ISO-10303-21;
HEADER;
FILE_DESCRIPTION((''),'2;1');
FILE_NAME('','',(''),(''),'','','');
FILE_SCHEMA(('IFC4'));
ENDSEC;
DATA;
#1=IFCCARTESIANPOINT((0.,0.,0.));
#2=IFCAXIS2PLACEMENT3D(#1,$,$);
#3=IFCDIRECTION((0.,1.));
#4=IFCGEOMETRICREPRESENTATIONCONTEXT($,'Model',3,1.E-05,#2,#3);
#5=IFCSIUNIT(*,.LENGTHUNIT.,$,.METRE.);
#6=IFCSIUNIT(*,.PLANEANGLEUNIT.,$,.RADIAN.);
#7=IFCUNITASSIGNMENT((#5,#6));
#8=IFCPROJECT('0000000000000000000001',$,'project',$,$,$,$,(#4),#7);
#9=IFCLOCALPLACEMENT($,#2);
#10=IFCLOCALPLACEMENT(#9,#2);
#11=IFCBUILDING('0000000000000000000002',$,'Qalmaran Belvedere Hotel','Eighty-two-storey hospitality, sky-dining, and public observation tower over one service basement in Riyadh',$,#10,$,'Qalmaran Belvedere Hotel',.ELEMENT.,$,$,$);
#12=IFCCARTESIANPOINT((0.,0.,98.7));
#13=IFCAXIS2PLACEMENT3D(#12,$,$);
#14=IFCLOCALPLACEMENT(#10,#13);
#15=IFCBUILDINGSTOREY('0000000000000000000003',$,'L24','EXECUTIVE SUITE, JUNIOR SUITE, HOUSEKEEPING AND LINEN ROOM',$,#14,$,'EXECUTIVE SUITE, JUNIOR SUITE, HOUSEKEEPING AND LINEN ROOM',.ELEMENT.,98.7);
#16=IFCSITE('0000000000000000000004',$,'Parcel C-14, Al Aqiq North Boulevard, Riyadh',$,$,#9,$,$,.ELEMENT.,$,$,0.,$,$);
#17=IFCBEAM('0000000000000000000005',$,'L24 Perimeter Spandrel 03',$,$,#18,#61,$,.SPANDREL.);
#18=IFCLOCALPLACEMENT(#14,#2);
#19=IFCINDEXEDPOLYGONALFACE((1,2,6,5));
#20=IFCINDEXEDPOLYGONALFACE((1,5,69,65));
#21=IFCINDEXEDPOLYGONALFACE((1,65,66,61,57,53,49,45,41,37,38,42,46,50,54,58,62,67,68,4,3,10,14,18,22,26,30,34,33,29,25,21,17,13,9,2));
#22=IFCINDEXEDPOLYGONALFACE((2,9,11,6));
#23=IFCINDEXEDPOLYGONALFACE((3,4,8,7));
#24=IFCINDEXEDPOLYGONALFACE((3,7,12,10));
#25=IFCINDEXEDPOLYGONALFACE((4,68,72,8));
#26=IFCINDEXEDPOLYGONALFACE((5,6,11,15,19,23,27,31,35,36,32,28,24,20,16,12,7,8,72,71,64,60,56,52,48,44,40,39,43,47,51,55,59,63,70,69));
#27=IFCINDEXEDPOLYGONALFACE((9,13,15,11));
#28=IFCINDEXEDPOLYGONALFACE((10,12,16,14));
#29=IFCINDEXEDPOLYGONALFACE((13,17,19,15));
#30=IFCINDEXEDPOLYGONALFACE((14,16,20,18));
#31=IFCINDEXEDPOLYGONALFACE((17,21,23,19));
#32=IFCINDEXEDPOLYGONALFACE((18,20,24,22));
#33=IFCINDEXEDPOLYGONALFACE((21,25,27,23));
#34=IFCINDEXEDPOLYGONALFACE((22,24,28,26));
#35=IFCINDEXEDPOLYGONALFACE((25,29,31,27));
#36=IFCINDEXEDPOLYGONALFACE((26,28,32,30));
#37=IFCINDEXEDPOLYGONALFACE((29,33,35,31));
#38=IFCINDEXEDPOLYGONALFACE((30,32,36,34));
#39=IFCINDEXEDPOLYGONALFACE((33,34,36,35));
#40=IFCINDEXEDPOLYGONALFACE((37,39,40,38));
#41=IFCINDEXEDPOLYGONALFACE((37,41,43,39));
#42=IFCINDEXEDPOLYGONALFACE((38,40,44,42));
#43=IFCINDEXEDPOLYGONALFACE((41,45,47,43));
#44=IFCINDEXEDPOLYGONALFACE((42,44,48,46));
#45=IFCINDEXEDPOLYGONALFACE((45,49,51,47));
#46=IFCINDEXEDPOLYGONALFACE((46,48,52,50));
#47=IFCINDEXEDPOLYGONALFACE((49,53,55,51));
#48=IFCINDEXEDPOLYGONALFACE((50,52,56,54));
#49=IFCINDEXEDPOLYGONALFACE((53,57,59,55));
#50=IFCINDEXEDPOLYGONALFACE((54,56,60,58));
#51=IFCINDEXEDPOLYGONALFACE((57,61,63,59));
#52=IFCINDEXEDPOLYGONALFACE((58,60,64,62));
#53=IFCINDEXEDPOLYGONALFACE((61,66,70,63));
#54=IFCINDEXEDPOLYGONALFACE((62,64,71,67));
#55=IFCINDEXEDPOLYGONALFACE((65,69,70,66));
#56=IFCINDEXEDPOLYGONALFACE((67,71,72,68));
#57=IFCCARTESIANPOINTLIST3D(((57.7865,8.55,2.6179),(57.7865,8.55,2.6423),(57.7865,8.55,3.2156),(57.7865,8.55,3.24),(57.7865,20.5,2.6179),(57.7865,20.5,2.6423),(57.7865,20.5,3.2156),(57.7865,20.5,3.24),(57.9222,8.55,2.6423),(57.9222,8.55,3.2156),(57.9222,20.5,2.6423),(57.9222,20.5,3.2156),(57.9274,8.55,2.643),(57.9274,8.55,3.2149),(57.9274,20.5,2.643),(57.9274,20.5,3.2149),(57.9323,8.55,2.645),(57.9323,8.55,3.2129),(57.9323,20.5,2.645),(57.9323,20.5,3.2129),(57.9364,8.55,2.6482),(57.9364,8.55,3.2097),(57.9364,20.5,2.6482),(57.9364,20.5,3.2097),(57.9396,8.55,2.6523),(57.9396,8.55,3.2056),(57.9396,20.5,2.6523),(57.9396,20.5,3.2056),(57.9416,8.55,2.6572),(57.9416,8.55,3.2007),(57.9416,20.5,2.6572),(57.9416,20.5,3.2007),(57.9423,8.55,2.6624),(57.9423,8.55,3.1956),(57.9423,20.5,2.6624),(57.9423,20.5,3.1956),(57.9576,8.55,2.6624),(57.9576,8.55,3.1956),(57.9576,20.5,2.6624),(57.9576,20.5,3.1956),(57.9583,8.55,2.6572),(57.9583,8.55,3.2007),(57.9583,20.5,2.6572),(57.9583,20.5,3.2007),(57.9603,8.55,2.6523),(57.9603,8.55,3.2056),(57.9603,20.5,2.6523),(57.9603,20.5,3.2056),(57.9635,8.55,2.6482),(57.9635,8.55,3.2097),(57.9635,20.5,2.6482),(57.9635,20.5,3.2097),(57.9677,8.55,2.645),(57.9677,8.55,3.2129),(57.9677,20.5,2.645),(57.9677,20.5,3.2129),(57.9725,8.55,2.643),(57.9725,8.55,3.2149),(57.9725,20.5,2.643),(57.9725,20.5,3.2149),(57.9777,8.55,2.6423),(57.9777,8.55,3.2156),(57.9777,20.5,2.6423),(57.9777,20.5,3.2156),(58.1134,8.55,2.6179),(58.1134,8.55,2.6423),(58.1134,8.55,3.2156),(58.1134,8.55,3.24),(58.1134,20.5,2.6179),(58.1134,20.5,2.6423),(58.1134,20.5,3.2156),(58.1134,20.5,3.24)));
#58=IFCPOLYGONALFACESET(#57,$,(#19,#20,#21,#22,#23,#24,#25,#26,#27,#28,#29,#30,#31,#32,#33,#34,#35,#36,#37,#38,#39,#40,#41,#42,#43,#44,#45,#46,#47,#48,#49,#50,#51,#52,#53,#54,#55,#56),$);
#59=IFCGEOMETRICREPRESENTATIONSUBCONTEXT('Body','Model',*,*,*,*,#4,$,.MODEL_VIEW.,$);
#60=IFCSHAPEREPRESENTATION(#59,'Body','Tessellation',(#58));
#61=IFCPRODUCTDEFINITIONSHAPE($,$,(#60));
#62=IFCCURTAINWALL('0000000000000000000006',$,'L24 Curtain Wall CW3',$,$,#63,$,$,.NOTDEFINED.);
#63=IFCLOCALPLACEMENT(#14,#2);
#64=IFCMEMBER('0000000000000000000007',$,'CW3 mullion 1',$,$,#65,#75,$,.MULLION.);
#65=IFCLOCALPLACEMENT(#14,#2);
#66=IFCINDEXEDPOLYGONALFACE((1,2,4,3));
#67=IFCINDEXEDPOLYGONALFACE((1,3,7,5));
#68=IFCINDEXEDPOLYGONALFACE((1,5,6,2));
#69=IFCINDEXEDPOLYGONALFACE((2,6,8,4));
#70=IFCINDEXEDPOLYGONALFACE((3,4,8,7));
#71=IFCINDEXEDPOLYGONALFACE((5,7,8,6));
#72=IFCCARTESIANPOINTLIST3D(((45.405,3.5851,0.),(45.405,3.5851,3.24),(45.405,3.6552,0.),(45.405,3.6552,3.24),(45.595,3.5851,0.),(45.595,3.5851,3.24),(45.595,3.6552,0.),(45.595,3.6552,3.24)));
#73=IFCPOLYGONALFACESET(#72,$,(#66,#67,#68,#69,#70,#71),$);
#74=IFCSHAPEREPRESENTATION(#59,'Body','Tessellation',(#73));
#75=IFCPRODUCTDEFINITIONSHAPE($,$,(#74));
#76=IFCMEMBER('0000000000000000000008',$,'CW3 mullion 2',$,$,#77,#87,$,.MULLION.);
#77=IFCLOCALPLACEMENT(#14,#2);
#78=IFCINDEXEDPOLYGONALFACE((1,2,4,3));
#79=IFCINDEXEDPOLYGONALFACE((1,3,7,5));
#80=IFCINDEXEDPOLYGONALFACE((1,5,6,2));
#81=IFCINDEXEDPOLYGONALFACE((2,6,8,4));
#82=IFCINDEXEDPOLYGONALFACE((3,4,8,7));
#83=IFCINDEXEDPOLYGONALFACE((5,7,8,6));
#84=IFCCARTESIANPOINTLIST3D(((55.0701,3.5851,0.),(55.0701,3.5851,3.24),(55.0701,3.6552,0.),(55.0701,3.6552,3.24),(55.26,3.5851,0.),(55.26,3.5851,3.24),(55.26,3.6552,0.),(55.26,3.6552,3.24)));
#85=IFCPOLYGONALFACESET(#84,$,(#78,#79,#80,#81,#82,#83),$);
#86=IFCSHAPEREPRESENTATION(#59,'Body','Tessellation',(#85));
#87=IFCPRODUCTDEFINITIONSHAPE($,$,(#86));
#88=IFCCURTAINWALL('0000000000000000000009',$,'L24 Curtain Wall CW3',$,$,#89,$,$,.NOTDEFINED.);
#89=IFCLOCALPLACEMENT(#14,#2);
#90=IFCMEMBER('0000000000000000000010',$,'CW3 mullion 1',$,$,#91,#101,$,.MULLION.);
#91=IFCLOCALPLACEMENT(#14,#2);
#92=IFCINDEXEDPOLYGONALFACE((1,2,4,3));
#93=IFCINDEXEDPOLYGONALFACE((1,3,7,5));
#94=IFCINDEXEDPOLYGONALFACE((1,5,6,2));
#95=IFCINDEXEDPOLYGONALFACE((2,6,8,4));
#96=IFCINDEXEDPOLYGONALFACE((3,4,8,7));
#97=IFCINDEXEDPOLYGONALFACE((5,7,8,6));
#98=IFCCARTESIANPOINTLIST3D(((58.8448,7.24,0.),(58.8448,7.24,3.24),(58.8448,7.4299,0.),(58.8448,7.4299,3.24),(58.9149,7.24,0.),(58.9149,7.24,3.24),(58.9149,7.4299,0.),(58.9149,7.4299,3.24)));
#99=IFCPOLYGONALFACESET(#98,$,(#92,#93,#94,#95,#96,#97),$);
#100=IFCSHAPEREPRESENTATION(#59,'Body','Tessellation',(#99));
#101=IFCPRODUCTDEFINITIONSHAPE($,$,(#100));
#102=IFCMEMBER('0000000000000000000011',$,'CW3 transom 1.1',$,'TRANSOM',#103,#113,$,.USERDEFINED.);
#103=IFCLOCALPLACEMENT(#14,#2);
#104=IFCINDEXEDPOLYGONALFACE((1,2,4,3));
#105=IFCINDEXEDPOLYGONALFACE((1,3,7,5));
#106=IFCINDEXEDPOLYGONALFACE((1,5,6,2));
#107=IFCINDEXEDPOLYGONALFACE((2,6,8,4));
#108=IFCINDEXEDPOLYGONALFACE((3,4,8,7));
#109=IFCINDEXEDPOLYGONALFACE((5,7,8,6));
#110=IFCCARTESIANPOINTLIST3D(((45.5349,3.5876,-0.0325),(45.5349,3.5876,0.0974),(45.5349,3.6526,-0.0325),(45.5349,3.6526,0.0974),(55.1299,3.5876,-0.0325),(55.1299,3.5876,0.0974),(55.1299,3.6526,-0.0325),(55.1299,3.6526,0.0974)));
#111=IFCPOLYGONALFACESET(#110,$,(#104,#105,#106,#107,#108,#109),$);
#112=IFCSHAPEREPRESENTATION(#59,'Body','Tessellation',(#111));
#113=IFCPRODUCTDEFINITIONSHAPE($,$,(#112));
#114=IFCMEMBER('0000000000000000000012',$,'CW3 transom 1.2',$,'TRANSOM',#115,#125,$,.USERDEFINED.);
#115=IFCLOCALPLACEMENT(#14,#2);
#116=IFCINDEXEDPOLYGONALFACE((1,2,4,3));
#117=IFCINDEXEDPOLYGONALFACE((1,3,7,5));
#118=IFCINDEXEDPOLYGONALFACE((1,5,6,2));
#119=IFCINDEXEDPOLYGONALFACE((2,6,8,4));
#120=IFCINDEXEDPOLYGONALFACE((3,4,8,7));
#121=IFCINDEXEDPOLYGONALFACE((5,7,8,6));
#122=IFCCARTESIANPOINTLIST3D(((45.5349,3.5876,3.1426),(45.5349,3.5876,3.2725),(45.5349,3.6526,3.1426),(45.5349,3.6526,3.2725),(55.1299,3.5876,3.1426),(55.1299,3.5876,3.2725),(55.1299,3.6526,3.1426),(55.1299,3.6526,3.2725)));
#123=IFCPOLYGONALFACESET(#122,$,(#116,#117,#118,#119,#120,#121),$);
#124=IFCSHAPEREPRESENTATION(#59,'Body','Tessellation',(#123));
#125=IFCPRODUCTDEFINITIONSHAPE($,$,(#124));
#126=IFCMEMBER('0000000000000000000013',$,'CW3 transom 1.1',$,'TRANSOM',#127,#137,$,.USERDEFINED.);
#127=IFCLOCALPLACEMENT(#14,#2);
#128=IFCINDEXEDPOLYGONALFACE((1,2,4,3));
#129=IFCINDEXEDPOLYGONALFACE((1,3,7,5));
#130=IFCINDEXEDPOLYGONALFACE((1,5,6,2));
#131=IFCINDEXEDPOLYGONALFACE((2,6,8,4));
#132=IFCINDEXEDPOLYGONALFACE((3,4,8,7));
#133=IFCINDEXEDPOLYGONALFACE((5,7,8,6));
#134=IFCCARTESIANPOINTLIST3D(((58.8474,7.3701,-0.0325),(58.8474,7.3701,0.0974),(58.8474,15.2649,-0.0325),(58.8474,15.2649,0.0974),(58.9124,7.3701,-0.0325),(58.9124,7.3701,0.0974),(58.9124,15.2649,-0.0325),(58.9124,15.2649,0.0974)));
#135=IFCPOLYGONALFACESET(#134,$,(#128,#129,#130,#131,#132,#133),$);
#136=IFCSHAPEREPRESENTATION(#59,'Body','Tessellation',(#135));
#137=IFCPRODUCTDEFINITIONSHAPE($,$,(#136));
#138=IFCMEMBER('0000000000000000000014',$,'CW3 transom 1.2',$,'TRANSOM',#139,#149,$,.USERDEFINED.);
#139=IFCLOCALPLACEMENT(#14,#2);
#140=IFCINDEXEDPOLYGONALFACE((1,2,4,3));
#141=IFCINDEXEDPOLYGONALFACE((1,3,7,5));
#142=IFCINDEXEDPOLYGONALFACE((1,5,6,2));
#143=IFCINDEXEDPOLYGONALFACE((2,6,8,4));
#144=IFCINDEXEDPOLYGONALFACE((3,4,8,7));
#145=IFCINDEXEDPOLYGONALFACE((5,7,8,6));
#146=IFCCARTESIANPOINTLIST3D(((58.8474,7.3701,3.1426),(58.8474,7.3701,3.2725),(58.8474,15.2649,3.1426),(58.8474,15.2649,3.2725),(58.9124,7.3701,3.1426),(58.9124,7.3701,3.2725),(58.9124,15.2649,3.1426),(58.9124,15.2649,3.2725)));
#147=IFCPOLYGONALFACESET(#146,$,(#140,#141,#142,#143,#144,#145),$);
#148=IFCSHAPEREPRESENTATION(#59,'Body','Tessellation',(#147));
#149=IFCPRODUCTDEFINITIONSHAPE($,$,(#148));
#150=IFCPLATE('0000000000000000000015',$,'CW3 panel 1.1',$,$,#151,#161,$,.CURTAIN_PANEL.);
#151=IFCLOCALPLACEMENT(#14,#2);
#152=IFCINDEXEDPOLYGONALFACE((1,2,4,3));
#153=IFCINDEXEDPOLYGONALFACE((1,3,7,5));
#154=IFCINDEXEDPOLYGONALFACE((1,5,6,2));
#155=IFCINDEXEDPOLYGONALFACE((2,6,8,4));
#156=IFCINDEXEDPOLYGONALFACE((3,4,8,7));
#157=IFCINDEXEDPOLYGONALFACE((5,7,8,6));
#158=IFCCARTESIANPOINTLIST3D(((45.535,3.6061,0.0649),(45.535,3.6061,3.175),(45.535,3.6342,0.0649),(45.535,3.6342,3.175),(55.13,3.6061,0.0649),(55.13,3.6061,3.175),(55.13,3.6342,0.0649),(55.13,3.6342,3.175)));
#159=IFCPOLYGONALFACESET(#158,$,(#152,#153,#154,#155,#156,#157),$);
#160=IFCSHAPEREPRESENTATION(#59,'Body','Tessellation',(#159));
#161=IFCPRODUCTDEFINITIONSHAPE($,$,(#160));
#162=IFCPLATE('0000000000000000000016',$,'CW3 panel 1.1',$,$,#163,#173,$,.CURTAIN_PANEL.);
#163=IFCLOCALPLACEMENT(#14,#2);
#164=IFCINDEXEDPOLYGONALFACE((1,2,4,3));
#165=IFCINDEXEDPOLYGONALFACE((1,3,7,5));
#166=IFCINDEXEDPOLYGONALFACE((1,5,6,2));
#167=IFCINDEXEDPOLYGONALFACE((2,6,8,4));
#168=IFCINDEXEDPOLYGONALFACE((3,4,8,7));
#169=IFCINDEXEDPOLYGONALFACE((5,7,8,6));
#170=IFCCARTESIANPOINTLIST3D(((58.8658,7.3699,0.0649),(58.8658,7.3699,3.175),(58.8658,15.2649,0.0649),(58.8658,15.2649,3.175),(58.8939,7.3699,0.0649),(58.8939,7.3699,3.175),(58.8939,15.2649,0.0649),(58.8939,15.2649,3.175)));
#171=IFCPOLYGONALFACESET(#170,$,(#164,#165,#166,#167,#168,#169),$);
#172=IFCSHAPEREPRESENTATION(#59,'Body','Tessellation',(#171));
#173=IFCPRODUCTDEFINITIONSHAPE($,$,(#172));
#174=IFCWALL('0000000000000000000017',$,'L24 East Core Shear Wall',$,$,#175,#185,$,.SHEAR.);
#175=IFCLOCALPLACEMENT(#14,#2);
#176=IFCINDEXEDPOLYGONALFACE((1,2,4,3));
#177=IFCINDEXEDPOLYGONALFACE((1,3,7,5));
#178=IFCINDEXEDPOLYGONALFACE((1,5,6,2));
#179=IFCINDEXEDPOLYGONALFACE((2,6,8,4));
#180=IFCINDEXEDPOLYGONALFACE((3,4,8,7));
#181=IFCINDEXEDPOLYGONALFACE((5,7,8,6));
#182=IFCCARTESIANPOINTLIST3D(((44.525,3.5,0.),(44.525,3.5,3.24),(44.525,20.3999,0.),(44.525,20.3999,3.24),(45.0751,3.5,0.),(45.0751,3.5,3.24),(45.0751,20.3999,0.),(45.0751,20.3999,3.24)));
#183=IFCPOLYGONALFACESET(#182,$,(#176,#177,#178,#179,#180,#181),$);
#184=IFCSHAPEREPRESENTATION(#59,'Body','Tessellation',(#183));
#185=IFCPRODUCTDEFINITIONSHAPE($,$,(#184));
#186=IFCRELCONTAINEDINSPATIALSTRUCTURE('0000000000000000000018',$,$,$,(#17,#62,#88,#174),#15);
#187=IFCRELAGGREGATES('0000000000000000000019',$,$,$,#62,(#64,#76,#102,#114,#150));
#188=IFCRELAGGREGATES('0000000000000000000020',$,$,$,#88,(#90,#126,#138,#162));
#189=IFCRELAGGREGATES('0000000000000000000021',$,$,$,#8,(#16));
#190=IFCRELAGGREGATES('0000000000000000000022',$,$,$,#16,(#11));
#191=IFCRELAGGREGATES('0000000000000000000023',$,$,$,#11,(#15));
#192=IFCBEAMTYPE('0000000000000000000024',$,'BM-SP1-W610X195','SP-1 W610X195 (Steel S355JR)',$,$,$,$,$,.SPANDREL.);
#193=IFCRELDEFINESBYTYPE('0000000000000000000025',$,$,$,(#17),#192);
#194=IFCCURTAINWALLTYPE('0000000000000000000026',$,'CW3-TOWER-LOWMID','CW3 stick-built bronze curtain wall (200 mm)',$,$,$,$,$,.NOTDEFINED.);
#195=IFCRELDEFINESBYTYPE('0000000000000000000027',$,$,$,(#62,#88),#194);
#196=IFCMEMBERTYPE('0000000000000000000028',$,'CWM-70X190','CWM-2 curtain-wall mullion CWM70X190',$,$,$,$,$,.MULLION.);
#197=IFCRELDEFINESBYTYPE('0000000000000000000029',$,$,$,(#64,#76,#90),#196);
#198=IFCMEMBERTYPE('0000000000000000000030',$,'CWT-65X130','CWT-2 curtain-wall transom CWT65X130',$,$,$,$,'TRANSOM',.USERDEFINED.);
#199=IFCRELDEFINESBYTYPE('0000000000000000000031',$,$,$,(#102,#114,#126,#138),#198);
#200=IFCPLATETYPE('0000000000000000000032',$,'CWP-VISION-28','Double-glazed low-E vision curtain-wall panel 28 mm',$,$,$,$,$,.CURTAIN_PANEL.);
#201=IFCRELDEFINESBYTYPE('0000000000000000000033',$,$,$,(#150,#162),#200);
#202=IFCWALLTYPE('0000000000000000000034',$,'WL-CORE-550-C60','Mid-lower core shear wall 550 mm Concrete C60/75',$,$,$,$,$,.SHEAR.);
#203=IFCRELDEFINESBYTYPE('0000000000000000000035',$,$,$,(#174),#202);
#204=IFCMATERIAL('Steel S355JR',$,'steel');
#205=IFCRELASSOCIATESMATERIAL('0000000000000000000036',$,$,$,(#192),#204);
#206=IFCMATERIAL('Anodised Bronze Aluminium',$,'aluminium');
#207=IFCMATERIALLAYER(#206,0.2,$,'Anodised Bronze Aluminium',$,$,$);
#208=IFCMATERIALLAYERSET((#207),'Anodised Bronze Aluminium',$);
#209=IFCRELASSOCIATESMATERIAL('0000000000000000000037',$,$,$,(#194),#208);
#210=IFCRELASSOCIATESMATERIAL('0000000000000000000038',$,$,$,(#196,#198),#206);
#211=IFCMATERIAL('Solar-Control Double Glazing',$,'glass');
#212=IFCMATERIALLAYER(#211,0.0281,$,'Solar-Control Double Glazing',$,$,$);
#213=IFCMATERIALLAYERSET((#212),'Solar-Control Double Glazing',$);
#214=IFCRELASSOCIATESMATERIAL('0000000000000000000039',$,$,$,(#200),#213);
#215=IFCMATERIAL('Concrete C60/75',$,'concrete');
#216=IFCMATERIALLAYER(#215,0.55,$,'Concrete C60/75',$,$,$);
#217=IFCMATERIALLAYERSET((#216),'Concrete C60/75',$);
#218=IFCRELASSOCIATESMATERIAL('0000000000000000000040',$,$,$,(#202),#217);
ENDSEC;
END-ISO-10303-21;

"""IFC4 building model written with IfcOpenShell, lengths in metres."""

from ifc_helpers import new_model, si_unit, direction, frame, frame_2d, origin, origin_2d, place, context, subcontext, project, spatial, rectangle, i_section, extrude, material, layer, layer_set, material_profile, profile_set, type_object, element, aggregate, save


model = new_model("IFC4")

# Units and contexts
model_context = context("Model", 3, precision=1e-05, world=origin(), true_north=direction((0.0, 1.0)))
body_context = subcontext(model_context, "Body", "Model", "MODEL_VIEW")
ifc_project = project(units=[si_unit("LENGTHUNIT", "METRE"), si_unit("PLANEANGLEUNIT", "RADIAN")], contexts=[model_context])

# Site, building, storey
site_placement = place(None, origin())
site = spatial("IfcSite", under=ifc_project, at=site_placement, Name="Parcel C-14, Al Aqiq North Boulevard, Riyadh", CompositionType="ELEMENT", RefElevation=0.0)
building_placement = place(site_placement, origin())
building = spatial("IfcBuilding", under=site, at=building_placement, Name="Qalmaran Belvedere Hotel", Description="Eighty-two-storey hospitality, sky-dining, and public observation tower over one service basement in Riyadh", LongName="Qalmaran Belvedere Hotel", CompositionType="ELEMENT")
storey_placement = place(building_placement, frame((0.0, 0.0, 98.7)))
storey = spatial("IfcBuildingStorey", under=building, at=storey_placement, Name="L24", Description="EXECUTIVE SUITE, JUNIOR SUITE, HOUSEKEEPING AND LINEN ROOM", LongName="EXECUTIVE SUITE, JUNIOR SUITE, HOUSEKEEPING AND LINEN ROOM", CompositionType="ELEMENT", Elevation=98.7)

# Shared definitions
ifc_material_1 = material(Name="Concrete C60/75", Category="concrete")

# Beam
ifc_material_2 = material(Name="Steel S355JR", Category="steel")
ifc_material_profile_1 = material_profile(ifc_material_2, i_section(OverallWidth=0.3269, OverallDepth=0.6221, WebThickness=0.0154, FlangeThickness=0.0244, FilletRadius=0.02, at=origin_2d()), Name="W610X195")
ifc_profile_set_1 = profile_set([ifc_material_profile_1], Name="Steel S355JR")
beam_type_1 = type_object("IfcBeamType", Name="BM-SP1-W610X195", Description="SP-1 W610X195 (Steel S355JR)", PredefinedType="SPANDREL", material=ifc_profile_set_1)
beam_1_placement = place(storey_placement, frame((57.95, 8.55, 2.929), z_axis=(0.0, 1.0, 0.0), x_axis=(-1.0, 0.0, 0.0)))
element("IfcBeam", 1, at=beam_1_placement, inside=storey, type_object=beam_type_1, Name="L24 Perimeter Spandrel 03", PredefinedType="SPANDREL", context=body_context, shape_type="SweptSolid", body=[
    extrude(i_section(OverallWidth=0.3269, OverallDepth=0.6221, WebThickness=0.0154, FlangeThickness=0.0244, FilletRadius=0.02, at=origin_2d()), origin(), (0.0, 0.0, 1.0), 11.95),
])

# Curtain wall, members
ifc_material_3 = material(Name="Anodised Bronze Aluminium", Category="aluminium")
ifc_layer_1 = layer(ifc_material_3, 0.2, Name="Anodised Bronze Aluminium")
ifc_layer_set_1 = layer_set([ifc_layer_1], Name="Anodised Bronze Aluminium")
curtain_wall_type = type_object("IfcCurtainWallType", Name="CW3-TOWER-LOWMID", Description="CW3 stick-built bronze curtain wall (200 mm)", PredefinedType="NOTDEFINED", material=ifc_layer_set_1)
curtain_wall_1_placement = place(storey_placement, origin())
curtain_wall_1 = element("IfcCurtainWall", 2, at=curtain_wall_1_placement, inside=storey, type_object=curtain_wall_type, Name="L24 Curtain Wall CW3", PredefinedType="NOTDEFINED")
ifc_material_profile_2 = material_profile(ifc_material_3, rectangle(XDim=0.0701, YDim=0.1899, at=origin_2d()), Name="CWM70X190")
ifc_profile_set_2 = profile_set([ifc_material_profile_2], Name="Anodised Bronze Aluminium")
member_type_1 = type_object("IfcMemberType", Name="CWM-70X190", Description="CWM-2 curtain-wall mullion CWM70X190", PredefinedType="MULLION", material=ifc_profile_set_2)
member_1_placement = place(storey_placement, frame((45.5, 3.6201, 0.0), z_axis=(0.0, 0.0, 1.0), x_axis=(0.0, 1.0, 0.0)))
member_1 = element("IfcMember", 3, at=member_1_placement, type_object=member_type_1, Name="CW3 mullion 1", PredefinedType="MULLION", context=body_context, shape_type="SweptSolid", body=[
    extrude(rectangle(XDim=0.0701, YDim=0.1899, at=origin_2d()), origin(), (0.0, 0.0, 1.0), 3.24),
])
member_2_placement = place(storey_placement, frame((55.165, 3.6201, 0.0), z_axis=(0.0, 0.0, 1.0), x_axis=(0.0, 1.0, 0.0)))
member_2 = element("IfcMember", 4, at=member_2_placement, type_object=member_type_1, Name="CW3 mullion 2", PredefinedType="MULLION", context=body_context, shape_type="SweptSolid", body=[
    extrude(rectangle(XDim=0.0701, YDim=0.1899, at=origin_2d()), origin(), (0.0, 0.0, 1.0), 3.24),
])

# Curtain wall, member
curtain_wall_2_placement = place(storey_placement, origin())
curtain_wall_2 = element("IfcCurtainWall", 5, at=curtain_wall_2_placement, inside=storey, type_object=curtain_wall_type, Name="L24 Curtain Wall CW3", PredefinedType="NOTDEFINED")
member_3_placement = place(storey_placement, frame((58.8799, 7.335, 0.0), z_axis=(0.0, 0.0, 1.0), x_axis=(-1.0, 0.0, 0.0)))
member_3 = element("IfcMember", 6, at=member_3_placement, type_object=member_type_1, Name="CW3 mullion 1", PredefinedType="MULLION", context=body_context, shape_type="SweptSolid", body=[
    extrude(rectangle(XDim=0.0701, YDim=0.1899, at=origin_2d()), origin(), (0.0, 0.0, 1.0), 3.24),
])

# Members
ifc_material_profile_3 = material_profile(ifc_material_3, rectangle(XDim=0.0649, YDim=0.1299, at=origin_2d()), Name="CWT65X130")
ifc_profile_set_3 = profile_set([ifc_material_profile_3], Name="Anodised Bronze Aluminium")
member_type_2 = type_object("IfcMemberType", Name="CWT-65X130", Description="CWT-2 curtain-wall transom CWT65X130", ElementType="TRANSOM", PredefinedType="USERDEFINED", material=ifc_profile_set_3)
member_4_placement = place(storey_placement, frame((45.5349, 3.6201, 0.0325), z_axis=(1.0, 0.0, 0.0), x_axis=(0.0, 1.0, 0.0)))
member_4 = element("IfcMember", 7, at=member_4_placement, type_object=member_type_2, Name="CW3 transom 1.1", ObjectType="TRANSOM", PredefinedType="USERDEFINED", context=body_context, shape_type="SweptSolid", body=[
    extrude(rectangle(XDim=0.0649, YDim=0.1299, at=origin_2d()), origin(), (0.0, 0.0, 1.0), 9.595),
])
member_5_placement = place(storey_placement, frame((45.5349, 3.6201, 3.2075), z_axis=(1.0, 0.0, 0.0), x_axis=(0.0, 1.0, 0.0)))
member_5 = element("IfcMember", 8, at=member_5_placement, type_object=member_type_2, Name="CW3 transom 1.2", ObjectType="TRANSOM", PredefinedType="USERDEFINED", context=body_context, shape_type="SweptSolid", body=[
    extrude(rectangle(XDim=0.0649, YDim=0.1299, at=origin_2d()), origin(), (0.0, 0.0, 1.0), 9.595),
])
member_6_placement = place(storey_placement, frame((58.8799, 7.3701, 0.0325), z_axis=(0.0, 1.0, 0.0), x_axis=(-1.0, 0.0, 0.0)))
member_6 = element("IfcMember", 9, at=member_6_placement, type_object=member_type_2, Name="CW3 transom 1.1", ObjectType="TRANSOM", PredefinedType="USERDEFINED", context=body_context, shape_type="SweptSolid", body=[
    extrude(rectangle(XDim=0.0649, YDim=0.1299, at=origin_2d()), origin(), (0.0, 0.0, 1.0), 7.8948),
])
member_7_placement = place(storey_placement, frame((58.8799, 7.3701, 3.2075), z_axis=(0.0, 1.0, 0.0), x_axis=(-1.0, 0.0, 0.0)))
member_7 = element("IfcMember", 10, at=member_7_placement, type_object=member_type_2, Name="CW3 transom 1.2", ObjectType="TRANSOM", PredefinedType="USERDEFINED", context=body_context, shape_type="SweptSolid", body=[
    extrude(rectangle(XDim=0.0649, YDim=0.1299, at=origin_2d()), origin(), (0.0, 0.0, 1.0), 7.8948),
])

# Plates
ifc_material_4 = material(Name="Solar-Control Double Glazing", Category="glass")
ifc_layer_2 = layer(ifc_material_4, 0.0281, Name="Solar-Control Double Glazing")
ifc_layer_set_2 = layer_set([ifc_layer_2], Name="Solar-Control Double Glazing")
plate_type = type_object("IfcPlateType", Name="CWP-VISION-28", Description="Double-glazed low-E vision curtain-wall panel 28 mm", PredefinedType="CURTAIN_PANEL", material=ifc_layer_set_2)
plate_1_placement = place(storey_placement, frame((50.3325, 3.6201, 0.0649), z_axis=(0.0, 0.0, 1.0), x_axis=(1.0, 0.0, 0.0)))
plate_1 = element("IfcPlate", 11, at=plate_1_placement, type_object=plate_type, Name="CW3 panel 1.1", PredefinedType="CURTAIN_PANEL", context=body_context, shape_type="SweptSolid", body=[
    extrude(rectangle(XDim=9.595, YDim=0.0281, at=origin_2d()), origin(), (0.0, 0.0, 1.0), 3.1101),
])
aggregate(curtain_wall_1, [member_1, member_2, member_4, member_5, plate_1])
plate_2_placement = place(storey_placement, frame((58.8799, 11.3174, 0.0649), z_axis=(0.0, 0.0, 1.0), x_axis=(0.0, 1.0, 0.0)))
plate_2 = element("IfcPlate", 12, at=plate_2_placement, type_object=plate_type, Name="CW3 panel 1.1", PredefinedType="CURTAIN_PANEL", context=body_context, shape_type="SweptSolid", body=[
    extrude(rectangle(XDim=7.895, YDim=0.0281, at=origin_2d()), origin(), (0.0, 0.0, 1.0), 3.1101),
])
aggregate(curtain_wall_2, [member_3, member_6, member_7, plate_2])

# Wall
ifc_layer_3 = layer(ifc_material_1, 0.55, Name="Concrete C60/75")
ifc_layer_set_3 = layer_set([ifc_layer_3], Name="Concrete C60/75")
wall_type_1 = type_object("IfcWallType", Name="WL-CORE-550-C60", Description="Mid-lower core shear wall 550 mm Concrete C60/75", PredefinedType="SHEAR", material=ifc_layer_set_3)
wall_1_placement = place(storey_placement, frame((44.8, 3.5, 0.0), z_axis=(0.0, 0.0, 1.0), x_axis=(0.0, 1.0, 0.0)))
element("IfcWall", 13, at=wall_1_placement, inside=storey, type_object=wall_type_1, Name="L24 East Core Shear Wall", PredefinedType="SHEAR", context=body_context, shape_type="SweptSolid", body=[
    extrude(rectangle(XDim=16.8999, YDim=0.55, at=frame_2d((8.45, 0.0))), origin(), (0.0, 0.0, 1.0), 3.24),
])

save(model, "model.ifc")
